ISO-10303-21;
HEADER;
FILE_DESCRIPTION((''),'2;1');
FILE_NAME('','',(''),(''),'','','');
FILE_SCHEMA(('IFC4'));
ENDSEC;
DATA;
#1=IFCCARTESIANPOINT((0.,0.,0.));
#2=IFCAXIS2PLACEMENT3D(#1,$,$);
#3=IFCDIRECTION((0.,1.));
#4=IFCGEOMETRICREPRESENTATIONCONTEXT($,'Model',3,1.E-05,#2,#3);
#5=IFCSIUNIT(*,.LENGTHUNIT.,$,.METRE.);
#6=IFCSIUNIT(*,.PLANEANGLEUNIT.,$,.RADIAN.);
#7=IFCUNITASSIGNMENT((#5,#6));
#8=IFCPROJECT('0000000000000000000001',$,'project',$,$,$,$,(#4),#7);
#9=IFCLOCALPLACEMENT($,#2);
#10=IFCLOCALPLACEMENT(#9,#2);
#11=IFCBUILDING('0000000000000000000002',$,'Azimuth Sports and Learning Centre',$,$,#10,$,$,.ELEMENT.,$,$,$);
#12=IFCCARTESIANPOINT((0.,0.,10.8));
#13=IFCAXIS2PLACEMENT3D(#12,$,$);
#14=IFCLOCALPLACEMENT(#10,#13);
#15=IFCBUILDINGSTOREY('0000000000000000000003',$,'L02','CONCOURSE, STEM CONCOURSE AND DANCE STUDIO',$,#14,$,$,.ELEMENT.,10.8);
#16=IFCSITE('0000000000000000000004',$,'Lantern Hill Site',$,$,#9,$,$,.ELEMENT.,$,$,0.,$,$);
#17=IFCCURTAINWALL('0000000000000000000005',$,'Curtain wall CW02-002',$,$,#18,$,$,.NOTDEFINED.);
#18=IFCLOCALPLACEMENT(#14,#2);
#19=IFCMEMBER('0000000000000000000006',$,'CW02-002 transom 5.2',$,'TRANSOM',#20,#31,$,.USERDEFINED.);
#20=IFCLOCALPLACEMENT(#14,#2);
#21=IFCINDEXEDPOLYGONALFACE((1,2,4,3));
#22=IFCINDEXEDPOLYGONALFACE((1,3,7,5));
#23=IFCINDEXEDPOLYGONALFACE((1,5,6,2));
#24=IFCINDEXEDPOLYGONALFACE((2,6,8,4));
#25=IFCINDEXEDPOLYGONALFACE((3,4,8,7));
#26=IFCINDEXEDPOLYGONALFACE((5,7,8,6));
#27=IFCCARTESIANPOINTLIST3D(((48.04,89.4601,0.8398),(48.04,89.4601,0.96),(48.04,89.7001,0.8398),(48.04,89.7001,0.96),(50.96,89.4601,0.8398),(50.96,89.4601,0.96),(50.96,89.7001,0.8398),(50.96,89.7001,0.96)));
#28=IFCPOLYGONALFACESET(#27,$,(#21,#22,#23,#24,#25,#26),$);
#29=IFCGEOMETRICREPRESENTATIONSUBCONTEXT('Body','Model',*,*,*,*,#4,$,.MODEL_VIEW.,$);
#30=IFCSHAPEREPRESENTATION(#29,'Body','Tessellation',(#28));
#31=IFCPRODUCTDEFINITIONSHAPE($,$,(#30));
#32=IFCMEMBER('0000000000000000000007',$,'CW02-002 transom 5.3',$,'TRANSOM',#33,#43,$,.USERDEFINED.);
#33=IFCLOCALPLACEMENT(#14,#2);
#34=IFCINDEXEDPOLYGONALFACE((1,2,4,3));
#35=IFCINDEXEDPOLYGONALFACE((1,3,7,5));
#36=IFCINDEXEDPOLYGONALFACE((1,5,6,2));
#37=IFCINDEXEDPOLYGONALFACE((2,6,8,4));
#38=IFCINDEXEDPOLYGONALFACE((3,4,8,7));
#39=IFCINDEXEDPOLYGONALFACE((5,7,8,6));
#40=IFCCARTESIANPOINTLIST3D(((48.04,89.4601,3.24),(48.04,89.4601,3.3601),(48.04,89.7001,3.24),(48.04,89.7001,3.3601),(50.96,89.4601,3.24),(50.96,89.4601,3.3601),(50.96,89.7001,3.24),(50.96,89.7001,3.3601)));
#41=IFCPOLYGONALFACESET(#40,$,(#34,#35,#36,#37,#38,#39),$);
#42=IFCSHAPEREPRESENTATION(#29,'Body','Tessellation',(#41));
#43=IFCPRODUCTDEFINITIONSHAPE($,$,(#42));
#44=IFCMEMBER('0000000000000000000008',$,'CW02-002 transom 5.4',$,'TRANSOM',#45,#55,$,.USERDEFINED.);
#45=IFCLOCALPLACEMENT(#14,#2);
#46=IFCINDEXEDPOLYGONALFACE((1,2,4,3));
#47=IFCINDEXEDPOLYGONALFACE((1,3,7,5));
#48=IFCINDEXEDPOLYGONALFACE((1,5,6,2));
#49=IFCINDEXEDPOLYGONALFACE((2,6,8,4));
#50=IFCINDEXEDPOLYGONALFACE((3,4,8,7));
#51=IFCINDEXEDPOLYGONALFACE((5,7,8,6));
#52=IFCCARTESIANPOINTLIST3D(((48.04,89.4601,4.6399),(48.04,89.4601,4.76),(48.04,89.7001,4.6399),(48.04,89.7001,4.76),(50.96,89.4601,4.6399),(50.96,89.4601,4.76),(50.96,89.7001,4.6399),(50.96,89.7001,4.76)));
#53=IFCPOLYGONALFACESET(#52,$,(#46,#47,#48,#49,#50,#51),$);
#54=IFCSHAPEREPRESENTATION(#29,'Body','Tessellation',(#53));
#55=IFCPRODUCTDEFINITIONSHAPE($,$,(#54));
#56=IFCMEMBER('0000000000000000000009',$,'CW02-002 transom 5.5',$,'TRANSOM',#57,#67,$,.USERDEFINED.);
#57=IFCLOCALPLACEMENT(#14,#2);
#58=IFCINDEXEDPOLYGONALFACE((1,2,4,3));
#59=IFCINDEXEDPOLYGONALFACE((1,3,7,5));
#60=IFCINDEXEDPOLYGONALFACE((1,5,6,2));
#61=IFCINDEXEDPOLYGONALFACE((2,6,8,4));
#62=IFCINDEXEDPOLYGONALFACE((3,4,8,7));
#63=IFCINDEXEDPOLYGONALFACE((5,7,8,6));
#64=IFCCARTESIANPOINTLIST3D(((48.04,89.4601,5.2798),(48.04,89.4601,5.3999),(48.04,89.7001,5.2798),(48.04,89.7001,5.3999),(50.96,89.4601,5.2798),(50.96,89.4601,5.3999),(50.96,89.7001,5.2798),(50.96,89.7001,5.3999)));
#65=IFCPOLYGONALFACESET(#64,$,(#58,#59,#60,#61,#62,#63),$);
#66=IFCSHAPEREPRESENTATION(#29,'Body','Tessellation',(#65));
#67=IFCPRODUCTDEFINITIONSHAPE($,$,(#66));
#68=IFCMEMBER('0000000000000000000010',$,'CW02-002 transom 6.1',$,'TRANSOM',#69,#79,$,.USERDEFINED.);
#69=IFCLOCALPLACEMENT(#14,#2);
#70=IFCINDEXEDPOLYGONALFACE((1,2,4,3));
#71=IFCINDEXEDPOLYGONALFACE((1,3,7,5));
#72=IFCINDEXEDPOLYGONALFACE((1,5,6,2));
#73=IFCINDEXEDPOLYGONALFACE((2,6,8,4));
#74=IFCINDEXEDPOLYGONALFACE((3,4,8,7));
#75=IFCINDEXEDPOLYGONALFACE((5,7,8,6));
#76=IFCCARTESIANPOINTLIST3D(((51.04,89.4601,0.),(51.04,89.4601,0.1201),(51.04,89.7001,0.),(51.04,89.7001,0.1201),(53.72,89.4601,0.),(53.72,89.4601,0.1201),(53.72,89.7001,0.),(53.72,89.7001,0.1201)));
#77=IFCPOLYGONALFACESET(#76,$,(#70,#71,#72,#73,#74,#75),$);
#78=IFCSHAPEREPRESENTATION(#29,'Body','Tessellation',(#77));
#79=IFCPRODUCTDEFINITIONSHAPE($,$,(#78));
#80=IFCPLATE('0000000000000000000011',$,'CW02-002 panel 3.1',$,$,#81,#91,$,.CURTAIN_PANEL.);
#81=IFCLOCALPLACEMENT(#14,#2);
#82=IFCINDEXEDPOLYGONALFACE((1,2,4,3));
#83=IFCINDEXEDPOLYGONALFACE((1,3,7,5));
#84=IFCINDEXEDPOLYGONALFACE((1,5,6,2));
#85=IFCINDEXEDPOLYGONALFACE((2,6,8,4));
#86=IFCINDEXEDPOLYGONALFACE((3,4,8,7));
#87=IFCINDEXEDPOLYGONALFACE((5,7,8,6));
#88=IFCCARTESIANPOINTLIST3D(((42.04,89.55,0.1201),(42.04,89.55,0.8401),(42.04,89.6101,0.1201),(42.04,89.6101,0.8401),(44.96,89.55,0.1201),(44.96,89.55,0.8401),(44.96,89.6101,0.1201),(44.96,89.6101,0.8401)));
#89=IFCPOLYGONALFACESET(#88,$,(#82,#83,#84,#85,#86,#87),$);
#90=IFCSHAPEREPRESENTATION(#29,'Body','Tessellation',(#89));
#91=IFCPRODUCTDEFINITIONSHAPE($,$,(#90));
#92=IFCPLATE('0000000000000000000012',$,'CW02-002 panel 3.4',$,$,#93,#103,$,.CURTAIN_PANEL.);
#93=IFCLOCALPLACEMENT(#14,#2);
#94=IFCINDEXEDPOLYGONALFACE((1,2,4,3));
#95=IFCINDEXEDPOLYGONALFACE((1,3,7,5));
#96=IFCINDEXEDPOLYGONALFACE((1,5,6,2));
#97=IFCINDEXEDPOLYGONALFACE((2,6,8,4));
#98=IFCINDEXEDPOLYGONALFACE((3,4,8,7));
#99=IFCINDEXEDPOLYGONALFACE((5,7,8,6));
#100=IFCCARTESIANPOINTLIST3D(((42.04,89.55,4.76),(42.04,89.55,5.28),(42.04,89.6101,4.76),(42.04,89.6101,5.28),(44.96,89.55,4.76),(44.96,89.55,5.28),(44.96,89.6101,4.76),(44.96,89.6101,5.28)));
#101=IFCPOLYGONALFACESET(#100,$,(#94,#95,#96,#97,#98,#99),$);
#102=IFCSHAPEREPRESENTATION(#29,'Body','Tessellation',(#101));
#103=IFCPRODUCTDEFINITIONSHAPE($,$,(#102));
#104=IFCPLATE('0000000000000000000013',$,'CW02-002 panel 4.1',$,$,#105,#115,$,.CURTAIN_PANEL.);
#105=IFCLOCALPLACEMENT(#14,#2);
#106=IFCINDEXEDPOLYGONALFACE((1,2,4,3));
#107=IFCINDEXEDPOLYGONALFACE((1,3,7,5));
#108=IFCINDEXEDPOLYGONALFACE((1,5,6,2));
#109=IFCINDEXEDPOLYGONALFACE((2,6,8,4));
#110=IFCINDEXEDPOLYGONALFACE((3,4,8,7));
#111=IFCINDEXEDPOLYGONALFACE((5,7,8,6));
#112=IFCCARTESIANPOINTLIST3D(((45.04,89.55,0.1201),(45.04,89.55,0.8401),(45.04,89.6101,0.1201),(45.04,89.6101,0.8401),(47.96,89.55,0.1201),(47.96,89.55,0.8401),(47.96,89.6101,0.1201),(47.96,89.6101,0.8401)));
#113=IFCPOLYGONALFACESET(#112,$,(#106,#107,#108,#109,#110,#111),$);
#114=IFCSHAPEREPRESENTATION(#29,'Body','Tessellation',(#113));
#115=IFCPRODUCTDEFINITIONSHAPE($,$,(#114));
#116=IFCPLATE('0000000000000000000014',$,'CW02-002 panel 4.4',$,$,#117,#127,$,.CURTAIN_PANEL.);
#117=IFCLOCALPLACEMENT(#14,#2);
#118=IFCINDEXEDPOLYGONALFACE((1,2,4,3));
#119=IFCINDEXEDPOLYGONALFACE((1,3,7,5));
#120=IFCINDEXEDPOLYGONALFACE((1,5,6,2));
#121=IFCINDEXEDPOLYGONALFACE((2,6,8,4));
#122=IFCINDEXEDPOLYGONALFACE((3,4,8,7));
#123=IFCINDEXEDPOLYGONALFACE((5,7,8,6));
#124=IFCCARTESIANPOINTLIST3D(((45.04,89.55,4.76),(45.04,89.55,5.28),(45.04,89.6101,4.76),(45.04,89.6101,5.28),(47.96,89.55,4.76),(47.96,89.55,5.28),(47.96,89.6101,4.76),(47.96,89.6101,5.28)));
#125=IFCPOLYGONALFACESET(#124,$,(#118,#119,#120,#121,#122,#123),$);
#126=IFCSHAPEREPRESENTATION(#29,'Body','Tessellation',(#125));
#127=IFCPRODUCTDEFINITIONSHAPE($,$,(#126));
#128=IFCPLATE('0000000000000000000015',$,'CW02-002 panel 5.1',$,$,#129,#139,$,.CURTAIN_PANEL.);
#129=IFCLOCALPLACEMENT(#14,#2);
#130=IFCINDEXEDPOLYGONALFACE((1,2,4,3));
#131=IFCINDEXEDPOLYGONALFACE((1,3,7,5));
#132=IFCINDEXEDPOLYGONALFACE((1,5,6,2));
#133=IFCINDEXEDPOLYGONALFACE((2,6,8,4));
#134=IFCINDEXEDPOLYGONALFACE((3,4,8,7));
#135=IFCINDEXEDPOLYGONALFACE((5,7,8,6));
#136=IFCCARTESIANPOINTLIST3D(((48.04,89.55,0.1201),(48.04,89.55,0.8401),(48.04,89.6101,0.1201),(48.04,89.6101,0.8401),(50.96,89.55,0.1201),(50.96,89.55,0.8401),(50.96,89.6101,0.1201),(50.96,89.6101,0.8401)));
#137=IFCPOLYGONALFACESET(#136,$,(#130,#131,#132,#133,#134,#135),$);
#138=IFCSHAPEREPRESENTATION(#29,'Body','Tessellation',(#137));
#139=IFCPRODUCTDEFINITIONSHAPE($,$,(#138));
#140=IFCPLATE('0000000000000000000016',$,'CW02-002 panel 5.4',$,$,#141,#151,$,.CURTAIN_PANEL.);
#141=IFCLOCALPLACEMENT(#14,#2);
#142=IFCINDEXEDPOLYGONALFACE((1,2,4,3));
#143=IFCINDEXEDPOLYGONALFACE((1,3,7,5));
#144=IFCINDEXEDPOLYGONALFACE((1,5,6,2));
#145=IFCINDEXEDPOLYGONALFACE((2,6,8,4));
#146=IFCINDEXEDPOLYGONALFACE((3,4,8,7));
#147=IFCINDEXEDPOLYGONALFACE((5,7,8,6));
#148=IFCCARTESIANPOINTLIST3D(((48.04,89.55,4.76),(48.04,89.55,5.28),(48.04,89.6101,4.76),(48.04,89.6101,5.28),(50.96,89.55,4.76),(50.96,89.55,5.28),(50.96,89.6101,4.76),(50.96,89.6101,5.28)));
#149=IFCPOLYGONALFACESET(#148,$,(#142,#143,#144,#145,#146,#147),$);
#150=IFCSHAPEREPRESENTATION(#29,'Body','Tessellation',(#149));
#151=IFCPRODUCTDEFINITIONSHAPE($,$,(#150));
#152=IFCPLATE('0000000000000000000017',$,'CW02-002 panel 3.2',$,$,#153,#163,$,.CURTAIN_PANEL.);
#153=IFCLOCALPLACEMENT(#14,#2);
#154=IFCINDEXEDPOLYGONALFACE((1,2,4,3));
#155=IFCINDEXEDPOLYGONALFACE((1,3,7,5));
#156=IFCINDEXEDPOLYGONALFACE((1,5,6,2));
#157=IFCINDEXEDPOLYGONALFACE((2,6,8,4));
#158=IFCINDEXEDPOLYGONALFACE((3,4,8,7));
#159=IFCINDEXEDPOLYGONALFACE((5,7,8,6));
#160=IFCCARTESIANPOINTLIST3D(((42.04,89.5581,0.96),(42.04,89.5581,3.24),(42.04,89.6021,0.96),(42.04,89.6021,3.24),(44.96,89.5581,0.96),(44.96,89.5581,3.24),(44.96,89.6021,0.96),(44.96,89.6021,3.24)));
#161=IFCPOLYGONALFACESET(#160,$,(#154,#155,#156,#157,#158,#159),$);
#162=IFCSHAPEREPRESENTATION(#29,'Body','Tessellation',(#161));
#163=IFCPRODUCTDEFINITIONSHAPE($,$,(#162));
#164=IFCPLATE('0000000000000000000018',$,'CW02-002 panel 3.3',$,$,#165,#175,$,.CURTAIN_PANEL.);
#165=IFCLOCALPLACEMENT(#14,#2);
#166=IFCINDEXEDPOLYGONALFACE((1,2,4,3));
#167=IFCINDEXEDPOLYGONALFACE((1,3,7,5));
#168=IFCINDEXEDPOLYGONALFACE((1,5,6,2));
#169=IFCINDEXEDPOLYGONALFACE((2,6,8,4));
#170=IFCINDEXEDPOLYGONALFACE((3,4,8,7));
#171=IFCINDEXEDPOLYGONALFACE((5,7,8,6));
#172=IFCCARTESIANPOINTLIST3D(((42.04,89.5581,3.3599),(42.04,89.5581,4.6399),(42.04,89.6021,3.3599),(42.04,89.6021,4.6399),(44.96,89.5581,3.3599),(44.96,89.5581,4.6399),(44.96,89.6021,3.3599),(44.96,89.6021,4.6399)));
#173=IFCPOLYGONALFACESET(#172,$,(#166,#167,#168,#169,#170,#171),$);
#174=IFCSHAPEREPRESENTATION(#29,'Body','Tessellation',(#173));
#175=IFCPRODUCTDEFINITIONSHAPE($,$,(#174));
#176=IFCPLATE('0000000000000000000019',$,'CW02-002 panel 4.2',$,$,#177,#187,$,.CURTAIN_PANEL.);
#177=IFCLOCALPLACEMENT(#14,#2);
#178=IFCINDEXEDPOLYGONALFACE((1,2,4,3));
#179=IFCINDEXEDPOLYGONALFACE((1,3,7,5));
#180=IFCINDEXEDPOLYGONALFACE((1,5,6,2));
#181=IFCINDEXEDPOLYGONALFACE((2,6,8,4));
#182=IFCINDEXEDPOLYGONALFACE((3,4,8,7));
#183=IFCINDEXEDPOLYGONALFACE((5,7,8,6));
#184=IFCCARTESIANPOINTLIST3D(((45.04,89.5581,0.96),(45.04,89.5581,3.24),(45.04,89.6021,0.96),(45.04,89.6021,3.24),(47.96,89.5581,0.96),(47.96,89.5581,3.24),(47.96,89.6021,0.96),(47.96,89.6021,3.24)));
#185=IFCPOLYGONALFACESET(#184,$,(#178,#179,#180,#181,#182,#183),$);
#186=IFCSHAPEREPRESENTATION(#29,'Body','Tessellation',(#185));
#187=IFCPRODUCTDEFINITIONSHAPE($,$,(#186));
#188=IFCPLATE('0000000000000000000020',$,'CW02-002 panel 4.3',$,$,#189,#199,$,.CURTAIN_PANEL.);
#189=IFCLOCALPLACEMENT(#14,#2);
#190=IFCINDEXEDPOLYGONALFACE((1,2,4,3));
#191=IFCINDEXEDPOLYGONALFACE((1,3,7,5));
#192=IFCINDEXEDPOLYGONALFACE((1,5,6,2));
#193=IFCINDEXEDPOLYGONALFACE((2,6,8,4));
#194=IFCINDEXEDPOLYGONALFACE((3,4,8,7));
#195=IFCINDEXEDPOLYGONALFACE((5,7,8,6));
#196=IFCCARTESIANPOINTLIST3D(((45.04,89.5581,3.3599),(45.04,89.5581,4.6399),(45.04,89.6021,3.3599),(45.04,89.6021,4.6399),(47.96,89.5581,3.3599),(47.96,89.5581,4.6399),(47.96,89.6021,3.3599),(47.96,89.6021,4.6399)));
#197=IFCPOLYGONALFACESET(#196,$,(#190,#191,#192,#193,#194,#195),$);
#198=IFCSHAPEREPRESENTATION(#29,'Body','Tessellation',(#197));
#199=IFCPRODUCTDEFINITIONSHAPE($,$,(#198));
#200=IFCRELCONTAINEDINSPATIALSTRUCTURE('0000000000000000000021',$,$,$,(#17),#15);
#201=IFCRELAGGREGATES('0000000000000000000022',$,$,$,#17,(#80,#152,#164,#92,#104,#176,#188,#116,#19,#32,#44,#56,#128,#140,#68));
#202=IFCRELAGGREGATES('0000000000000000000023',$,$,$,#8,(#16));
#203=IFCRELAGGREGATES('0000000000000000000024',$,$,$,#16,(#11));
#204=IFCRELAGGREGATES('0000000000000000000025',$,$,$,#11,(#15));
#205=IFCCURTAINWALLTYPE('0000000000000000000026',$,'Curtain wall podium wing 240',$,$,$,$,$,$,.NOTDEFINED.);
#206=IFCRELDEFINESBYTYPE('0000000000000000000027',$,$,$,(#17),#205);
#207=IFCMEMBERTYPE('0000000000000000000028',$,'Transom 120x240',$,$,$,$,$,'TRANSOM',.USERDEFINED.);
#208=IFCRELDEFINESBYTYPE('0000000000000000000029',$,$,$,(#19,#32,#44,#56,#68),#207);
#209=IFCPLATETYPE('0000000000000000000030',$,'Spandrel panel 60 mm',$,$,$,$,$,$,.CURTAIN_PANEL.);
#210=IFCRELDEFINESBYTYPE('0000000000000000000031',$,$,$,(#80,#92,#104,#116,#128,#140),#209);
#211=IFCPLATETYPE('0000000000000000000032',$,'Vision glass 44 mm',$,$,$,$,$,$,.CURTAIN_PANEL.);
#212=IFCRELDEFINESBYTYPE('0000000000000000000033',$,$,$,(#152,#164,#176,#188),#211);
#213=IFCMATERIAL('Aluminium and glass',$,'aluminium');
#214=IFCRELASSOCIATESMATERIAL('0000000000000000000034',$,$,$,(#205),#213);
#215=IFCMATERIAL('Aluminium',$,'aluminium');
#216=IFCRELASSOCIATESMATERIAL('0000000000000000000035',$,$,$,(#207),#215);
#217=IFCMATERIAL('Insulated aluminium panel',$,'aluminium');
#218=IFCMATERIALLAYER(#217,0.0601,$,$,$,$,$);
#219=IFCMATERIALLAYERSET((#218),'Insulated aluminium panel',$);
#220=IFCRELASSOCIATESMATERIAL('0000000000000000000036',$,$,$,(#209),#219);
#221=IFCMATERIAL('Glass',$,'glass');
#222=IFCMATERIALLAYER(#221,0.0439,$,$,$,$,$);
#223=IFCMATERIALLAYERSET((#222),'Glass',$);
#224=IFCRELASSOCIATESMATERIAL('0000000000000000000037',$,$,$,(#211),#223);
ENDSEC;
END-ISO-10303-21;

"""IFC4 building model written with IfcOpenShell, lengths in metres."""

from ifc_helpers import new_model, si_unit, direction, frame, origin, origin_2d, place, context, subcontext, project, spatial, rectangle, extrude, material, layer, layer_set, material_profile, profile_set, type_object, element, aggregate, save


model = new_model("IFC4")

# Units and contexts
model_context = context("Model", 3, precision=1e-05, world=origin(), true_north=direction((0.0, 1.0)))
body_context = subcontext(model_context, "Body", "Model", "MODEL_VIEW")
ifc_project = project(units=[si_unit("LENGTHUNIT", "METRE"), si_unit("PLANEANGLEUNIT", "RADIAN")], contexts=[model_context])

# Site, building, storey
site_placement = place(None, origin())
site = spatial("IfcSite", under=ifc_project, at=site_placement, Name="Lantern Hill Site", CompositionType="ELEMENT", RefElevation=0.0)
building_placement = place(site_placement, origin())
building = spatial("IfcBuilding", under=site, at=building_placement, Name="Azimuth Sports and Learning Centre", CompositionType="ELEMENT")
storey_placement = place(building_placement, frame((0.0, 0.0, 10.8)))
storey = spatial("IfcBuildingStorey", under=building, at=storey_placement, Name="L02", Description="CONCOURSE, STEM CONCOURSE AND DANCE STUDIO", CompositionType="ELEMENT", Elevation=10.8)

# Curtain wall, members, plates
ifc_material_1 = material(Name="Aluminium and glass", Category="aluminium")
curtain_wall_type = type_object("IfcCurtainWallType", Name="Curtain wall podium wing 240", PredefinedType="NOTDEFINED", material=ifc_material_1)
curtain_wall_placement = place(storey_placement, origin())
curtain_wall = element("IfcCurtainWall", 1, at=curtain_wall_placement, inside=storey, type_object=curtain_wall_type, Name="Curtain wall CW02-002", PredefinedType="NOTDEFINED")
ifc_material_2 = material(Name="Aluminium", Category="aluminium")
ifc_material_profile_1 = material_profile(ifc_material_2, rectangle(XDim=0.24, YDim=0.1201, at=origin_2d()), Name="Transom 120x240")
ifc_profile_set_1 = profile_set([ifc_material_profile_1], Name="Aluminium")
member_type_1 = type_object("IfcMemberType", Name="Transom 120x240", ElementType="TRANSOM", PredefinedType="USERDEFINED", material=ifc_profile_set_1)
member_1_placement = place(storey_placement, frame((48.04, 89.5801, 0.8999), z_axis=(1.0, 0.0, 0.0), x_axis=(0.0, 1.0, 0.0)))
member_1 = element("IfcMember", 2, at=member_1_placement, type_object=member_type_1, Name="CW02-002 transom 5.2", ObjectType="TRANSOM", PredefinedType="USERDEFINED", context=body_context, shape_type="SweptSolid", body=[
    extrude(rectangle(XDim=0.24, YDim=0.1201, at=origin_2d()), origin(), (0.0, 0.0, 1.0), 2.9199),
])
member_2_placement = place(storey_placement, frame((48.04, 89.5801, 3.3), z_axis=(1.0, 0.0, 0.0), x_axis=(0.0, 1.0, 0.0)))
member_2 = element("IfcMember", 3, at=member_2_placement, type_object=member_type_1, Name="CW02-002 transom 5.3", ObjectType="TRANSOM", PredefinedType="USERDEFINED", context=body_context, shape_type="SweptSolid", body=[
    extrude(rectangle(XDim=0.24, YDim=0.1201, at=origin_2d()), origin(), (0.0, 0.0, 1.0), 2.9199),
])
member_3_placement = place(storey_placement, frame((48.04, 89.5801, 4.7), z_axis=(1.0, 0.0, 0.0), x_axis=(0.0, 1.0, 0.0)))
member_3 = element("IfcMember", 4, at=member_3_placement, type_object=member_type_1, Name="CW02-002 transom 5.4", ObjectType="TRANSOM", PredefinedType="USERDEFINED", context=body_context, shape_type="SweptSolid", body=[
    extrude(rectangle(XDim=0.24, YDim=0.1201, at=origin_2d()), origin(), (0.0, 0.0, 1.0), 2.9199),
])
member_4_placement = place(storey_placement, frame((48.04, 89.5801, 5.3398), z_axis=(1.0, 0.0, 0.0), x_axis=(0.0, 1.0, 0.0)))
member_4 = element("IfcMember", 5, at=member_4_placement, type_object=member_type_1, Name="CW02-002 transom 5.5", ObjectType="TRANSOM", PredefinedType="USERDEFINED", context=body_context, shape_type="SweptSolid", body=[
    extrude(rectangle(XDim=0.24, YDim=0.1201, at=origin_2d()), origin(), (0.0, 0.0, 1.0), 2.9199),
])
member_5_placement = place(storey_placement, frame((51.04, 89.5801, 0.0601), z_axis=(1.0, 0.0, 0.0), x_axis=(0.0, 1.0, 0.0)))
member_5 = element("IfcMember", 6, at=member_5_placement, type_object=member_type_1, Name="CW02-002 transom 6.1", ObjectType="TRANSOM", PredefinedType="USERDEFINED", context=body_context, shape_type="SweptSolid", body=[
    extrude(rectangle(XDim=0.24, YDim=0.1201, at=origin_2d()), origin(), (0.0, 0.0, 1.0), 2.6799),
])
ifc_material_3 = material(Name="Insulated aluminium panel", Category="aluminium")
ifc_layer_1 = layer(ifc_material_3, 0.0601)
ifc_layer_set_1 = layer_set([ifc_layer_1], Name="Insulated aluminium panel")
plate_type_1 = type_object("IfcPlateType", Name="Spandrel panel 60 mm", PredefinedType="CURTAIN_PANEL", material=ifc_layer_set_1)
plate_1_placement = place(storey_placement, frame((43.5, 89.5801, 0.1201), z_axis=(0.0, 0.0, 1.0), x_axis=(1.0, 0.0, 0.0)))
plate_1 = element("IfcPlate", 7, at=plate_1_placement, type_object=plate_type_1, Name="CW02-002 panel 3.1", PredefinedType="CURTAIN_PANEL", context=body_context, shape_type="SweptSolid", body=[
    extrude(rectangle(XDim=2.9199, YDim=0.0601, at=origin_2d()), origin(), (0.0, 0.0, 1.0), 0.72),
])
plate_2_placement = place(storey_placement, frame((43.5, 89.5801, 4.76), z_axis=(0.0, 0.0, 1.0), x_axis=(1.0, 0.0, 0.0)))
plate_2 = element("IfcPlate", 8, at=plate_2_placement, type_object=plate_type_1, Name="CW02-002 panel 3.4", PredefinedType="CURTAIN_PANEL", context=body_context, shape_type="SweptSolid", body=[
    extrude(rectangle(XDim=2.9199, YDim=0.0601, at=origin_2d()), origin(), (0.0, 0.0, 1.0), 0.52),
])
plate_3_placement = place(storey_placement, frame((46.5, 89.5801, 0.1201), z_axis=(0.0, 0.0, 1.0), x_axis=(1.0, 0.0, 0.0)))
plate_3 = element("IfcPlate", 9, at=plate_3_placement, type_object=plate_type_1, Name="CW02-002 panel 4.1", PredefinedType="CURTAIN_PANEL", context=body_context, shape_type="SweptSolid", body=[
    extrude(rectangle(XDim=2.9199, YDim=0.0601, at=origin_2d()), origin(), (0.0, 0.0, 1.0), 0.72),
])
plate_4_placement = place(storey_placement, frame((46.5, 89.5801, 4.76), z_axis=(0.0, 0.0, 1.0), x_axis=(1.0, 0.0, 0.0)))
plate_4 = element("IfcPlate", 10, at=plate_4_placement, type_object=plate_type_1, Name="CW02-002 panel 4.4", PredefinedType="CURTAIN_PANEL", context=body_context, shape_type="SweptSolid", body=[
    extrude(rectangle(XDim=2.9199, YDim=0.0601, at=origin_2d()), origin(), (0.0, 0.0, 1.0), 0.52),
])
plate_5_placement = place(storey_placement, frame((49.5, 89.5801, 0.1201), z_axis=(0.0, 0.0, 1.0), x_axis=(1.0, 0.0, 0.0)))
plate_5 = element("IfcPlate", 11, at=plate_5_placement, type_object=plate_type_1, Name="CW02-002 panel 5.1", PredefinedType="CURTAIN_PANEL", context=body_context, shape_type="SweptSolid", body=[
    extrude(rectangle(XDim=2.9199, YDim=0.0601, at=origin_2d()), origin(), (0.0, 0.0, 1.0), 0.72),
])
plate_6_placement = place(storey_placement, frame((49.5, 89.5801, 4.76), z_axis=(0.0, 0.0, 1.0), x_axis=(1.0, 0.0, 0.0)))
plate_6 = element("IfcPlate", 12, at=plate_6_placement, type_object=plate_type_1, Name="CW02-002 panel 5.4", PredefinedType="CURTAIN_PANEL", context=body_context, shape_type="SweptSolid", body=[
    extrude(rectangle(XDim=2.9199, YDim=0.0601, at=origin_2d()), origin(), (0.0, 0.0, 1.0), 0.52),
])
ifc_material_4 = material(Name="Glass", Category="glass")
ifc_layer_2 = layer(ifc_material_4, 0.0439)
ifc_layer_set_2 = layer_set([ifc_layer_2], Name="Glass")
plate_type_2 = type_object("IfcPlateType", Name="Vision glass 44 mm", PredefinedType="CURTAIN_PANEL", material=ifc_layer_set_2)
plate_7_placement = place(storey_placement, frame((43.5, 89.5801, 0.96), z_axis=(0.0, 0.0, 1.0), x_axis=(1.0, 0.0, 0.0)))
plate_7 = element("IfcPlate", 13, at=plate_7_placement, type_object=plate_type_2, Name="CW02-002 panel 3.2", PredefinedType="CURTAIN_PANEL", context=body_context, shape_type="SweptSolid", body=[
    extrude(rectangle(XDim=2.9199, YDim=0.0439, at=origin_2d()), origin(), (0.0, 0.0, 1.0), 2.28),
])
plate_8_placement = place(storey_placement, frame((43.5, 89.5801, 3.3599), z_axis=(0.0, 0.0, 1.0), x_axis=(1.0, 0.0, 0.0)))
plate_8 = element("IfcPlate", 14, at=plate_8_placement, type_object=plate_type_2, Name="CW02-002 panel 3.3", PredefinedType="CURTAIN_PANEL", context=body_context, shape_type="SweptSolid", body=[
    extrude(rectangle(XDim=2.9199, YDim=0.0439, at=origin_2d()), origin(), (0.0, 0.0, 1.0), 1.28),
])
plate_9_placement = place(storey_placement, frame((46.5, 89.5801, 0.96), z_axis=(0.0, 0.0, 1.0), x_axis=(1.0, 0.0, 0.0)))
plate_9 = element("IfcPlate", 15, at=plate_9_placement, type_object=plate_type_2, Name="CW02-002 panel 4.2", PredefinedType="CURTAIN_PANEL", context=body_context, shape_type="SweptSolid", body=[
    extrude(rectangle(XDim=2.9199, YDim=0.0439, at=origin_2d()), origin(), (0.0, 0.0, 1.0), 2.28),
])
plate_10_placement = place(storey_placement, frame((46.5, 89.5801, 3.3599), z_axis=(0.0, 0.0, 1.0), x_axis=(1.0, 0.0, 0.0)))
plate_10 = element("IfcPlate", 16, at=plate_10_placement, type_object=plate_type_2, Name="CW02-002 panel 4.3", PredefinedType="CURTAIN_PANEL", context=body_context, shape_type="SweptSolid", body=[
    extrude(rectangle(XDim=2.9199, YDim=0.0439, at=origin_2d()), origin(), (0.0, 0.0, 1.0), 1.28),
])
aggregate(curtain_wall, [plate_1, plate_7, plate_8, plate_2, plate_3, plate_9, plate_10, plate_4, member_1, member_2, member_3, member_4, plate_5, plate_6, member_5])

save(model, "model.ifc")
